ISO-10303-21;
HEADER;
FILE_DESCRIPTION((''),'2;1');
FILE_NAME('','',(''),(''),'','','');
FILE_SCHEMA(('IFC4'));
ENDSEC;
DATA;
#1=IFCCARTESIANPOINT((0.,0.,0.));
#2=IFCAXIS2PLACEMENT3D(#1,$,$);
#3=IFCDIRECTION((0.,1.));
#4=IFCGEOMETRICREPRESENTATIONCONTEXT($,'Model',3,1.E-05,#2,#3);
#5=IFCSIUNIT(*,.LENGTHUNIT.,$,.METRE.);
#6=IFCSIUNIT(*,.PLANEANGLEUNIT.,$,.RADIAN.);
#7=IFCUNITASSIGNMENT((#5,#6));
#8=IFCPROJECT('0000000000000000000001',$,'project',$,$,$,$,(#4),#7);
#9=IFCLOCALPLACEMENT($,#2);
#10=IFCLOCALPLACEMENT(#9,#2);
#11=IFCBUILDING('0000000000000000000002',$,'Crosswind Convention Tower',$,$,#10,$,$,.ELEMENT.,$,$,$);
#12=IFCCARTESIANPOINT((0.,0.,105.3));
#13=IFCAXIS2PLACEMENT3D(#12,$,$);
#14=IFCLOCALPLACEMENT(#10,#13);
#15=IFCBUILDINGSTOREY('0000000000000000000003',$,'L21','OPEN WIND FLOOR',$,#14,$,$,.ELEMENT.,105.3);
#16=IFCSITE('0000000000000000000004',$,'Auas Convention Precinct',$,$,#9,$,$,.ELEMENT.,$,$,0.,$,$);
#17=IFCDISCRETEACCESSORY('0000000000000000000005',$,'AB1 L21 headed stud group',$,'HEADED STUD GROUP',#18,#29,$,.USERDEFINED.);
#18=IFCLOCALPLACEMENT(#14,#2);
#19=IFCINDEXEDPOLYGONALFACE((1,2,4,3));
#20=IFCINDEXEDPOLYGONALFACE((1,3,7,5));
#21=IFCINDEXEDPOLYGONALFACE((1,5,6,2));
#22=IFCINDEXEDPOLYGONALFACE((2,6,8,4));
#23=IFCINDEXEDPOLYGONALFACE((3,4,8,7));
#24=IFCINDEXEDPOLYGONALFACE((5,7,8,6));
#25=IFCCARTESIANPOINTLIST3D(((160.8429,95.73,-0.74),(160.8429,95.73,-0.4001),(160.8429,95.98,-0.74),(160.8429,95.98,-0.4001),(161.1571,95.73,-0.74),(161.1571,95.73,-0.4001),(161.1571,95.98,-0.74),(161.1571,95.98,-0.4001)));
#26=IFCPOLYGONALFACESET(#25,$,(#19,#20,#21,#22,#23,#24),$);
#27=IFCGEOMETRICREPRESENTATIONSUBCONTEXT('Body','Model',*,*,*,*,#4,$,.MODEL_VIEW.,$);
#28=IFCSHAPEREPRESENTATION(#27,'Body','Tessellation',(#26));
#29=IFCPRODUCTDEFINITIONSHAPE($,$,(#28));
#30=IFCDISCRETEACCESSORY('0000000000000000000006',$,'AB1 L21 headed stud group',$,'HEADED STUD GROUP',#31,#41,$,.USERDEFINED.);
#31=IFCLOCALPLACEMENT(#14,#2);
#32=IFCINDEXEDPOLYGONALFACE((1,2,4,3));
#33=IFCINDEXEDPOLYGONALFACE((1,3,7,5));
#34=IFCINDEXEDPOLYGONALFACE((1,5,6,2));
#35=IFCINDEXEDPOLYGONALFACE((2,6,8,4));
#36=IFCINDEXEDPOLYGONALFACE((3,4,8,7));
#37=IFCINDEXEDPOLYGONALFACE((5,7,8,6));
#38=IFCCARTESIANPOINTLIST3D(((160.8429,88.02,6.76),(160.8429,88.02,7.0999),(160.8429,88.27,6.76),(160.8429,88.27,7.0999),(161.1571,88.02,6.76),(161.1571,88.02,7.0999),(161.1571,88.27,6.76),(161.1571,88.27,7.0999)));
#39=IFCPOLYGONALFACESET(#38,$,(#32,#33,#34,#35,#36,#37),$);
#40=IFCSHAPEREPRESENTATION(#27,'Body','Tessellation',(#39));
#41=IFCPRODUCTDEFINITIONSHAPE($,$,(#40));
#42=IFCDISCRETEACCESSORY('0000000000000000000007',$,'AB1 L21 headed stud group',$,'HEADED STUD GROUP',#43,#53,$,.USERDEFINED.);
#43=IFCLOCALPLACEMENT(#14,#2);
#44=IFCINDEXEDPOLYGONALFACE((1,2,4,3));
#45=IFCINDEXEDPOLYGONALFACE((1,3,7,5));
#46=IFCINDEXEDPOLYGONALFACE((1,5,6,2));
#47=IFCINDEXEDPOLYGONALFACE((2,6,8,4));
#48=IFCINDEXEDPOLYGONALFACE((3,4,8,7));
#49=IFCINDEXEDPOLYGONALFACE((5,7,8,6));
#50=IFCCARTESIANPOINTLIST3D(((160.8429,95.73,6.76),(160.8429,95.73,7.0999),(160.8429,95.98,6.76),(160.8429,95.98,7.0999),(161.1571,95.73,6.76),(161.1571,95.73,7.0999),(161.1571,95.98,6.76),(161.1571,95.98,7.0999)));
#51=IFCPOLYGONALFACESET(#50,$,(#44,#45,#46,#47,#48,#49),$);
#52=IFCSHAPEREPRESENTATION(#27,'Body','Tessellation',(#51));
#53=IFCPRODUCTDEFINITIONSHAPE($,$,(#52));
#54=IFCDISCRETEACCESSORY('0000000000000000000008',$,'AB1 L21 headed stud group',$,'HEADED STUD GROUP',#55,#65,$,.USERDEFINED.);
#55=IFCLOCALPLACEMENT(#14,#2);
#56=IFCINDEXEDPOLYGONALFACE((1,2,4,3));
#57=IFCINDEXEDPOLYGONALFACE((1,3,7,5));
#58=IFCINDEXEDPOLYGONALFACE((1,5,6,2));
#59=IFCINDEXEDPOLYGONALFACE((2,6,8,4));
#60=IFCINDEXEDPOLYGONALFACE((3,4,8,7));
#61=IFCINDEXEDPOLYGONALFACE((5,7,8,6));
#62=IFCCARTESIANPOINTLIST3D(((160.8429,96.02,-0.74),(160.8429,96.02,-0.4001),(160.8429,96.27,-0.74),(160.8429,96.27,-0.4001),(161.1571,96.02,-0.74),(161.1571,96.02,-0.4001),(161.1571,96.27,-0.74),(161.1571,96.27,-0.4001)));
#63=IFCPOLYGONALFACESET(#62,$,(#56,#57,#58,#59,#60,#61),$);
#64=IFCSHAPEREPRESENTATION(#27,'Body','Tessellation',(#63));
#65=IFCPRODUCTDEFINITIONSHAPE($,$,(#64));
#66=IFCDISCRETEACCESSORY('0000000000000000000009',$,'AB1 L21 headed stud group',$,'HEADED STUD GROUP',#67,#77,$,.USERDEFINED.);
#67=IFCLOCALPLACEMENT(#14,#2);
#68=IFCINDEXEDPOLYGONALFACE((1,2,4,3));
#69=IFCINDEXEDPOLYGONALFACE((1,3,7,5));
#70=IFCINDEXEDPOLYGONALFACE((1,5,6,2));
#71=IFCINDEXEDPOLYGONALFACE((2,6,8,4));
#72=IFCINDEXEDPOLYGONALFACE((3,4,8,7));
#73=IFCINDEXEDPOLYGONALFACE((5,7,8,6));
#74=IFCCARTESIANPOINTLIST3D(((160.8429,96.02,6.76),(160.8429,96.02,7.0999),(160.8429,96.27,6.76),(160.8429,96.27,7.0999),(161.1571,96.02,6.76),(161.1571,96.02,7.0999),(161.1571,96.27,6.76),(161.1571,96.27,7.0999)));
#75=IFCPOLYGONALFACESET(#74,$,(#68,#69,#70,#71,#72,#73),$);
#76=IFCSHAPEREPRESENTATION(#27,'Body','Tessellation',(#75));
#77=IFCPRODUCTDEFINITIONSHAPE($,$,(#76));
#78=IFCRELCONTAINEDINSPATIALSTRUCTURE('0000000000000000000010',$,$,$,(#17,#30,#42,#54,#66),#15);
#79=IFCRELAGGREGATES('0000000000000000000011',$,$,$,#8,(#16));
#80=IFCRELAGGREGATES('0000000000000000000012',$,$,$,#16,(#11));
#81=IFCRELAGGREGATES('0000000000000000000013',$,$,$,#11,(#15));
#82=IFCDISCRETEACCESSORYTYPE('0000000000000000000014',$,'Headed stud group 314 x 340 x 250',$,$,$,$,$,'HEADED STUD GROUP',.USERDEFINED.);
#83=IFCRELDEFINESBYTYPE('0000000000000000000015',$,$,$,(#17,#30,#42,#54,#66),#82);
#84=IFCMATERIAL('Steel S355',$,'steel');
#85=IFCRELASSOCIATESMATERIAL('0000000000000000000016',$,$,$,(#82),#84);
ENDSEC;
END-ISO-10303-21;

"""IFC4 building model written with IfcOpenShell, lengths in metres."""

from ifc_helpers import new_model, si_unit, direction, frame, origin, origin_2d, place, context, subcontext, project, spatial, rectangle, extrude, material, type_object, element, save


model = new_model("IFC4")

# Units and contexts
model_context = context("Model", 3, precision=1e-05, world=origin(), true_north=direction((0.0, 1.0)))
body_context = subcontext(model_context, "Body", "Model", "MODEL_VIEW")
ifc_project = project(units=[si_unit("LENGTHUNIT", "METRE"), si_unit("PLANEANGLEUNIT", "RADIAN")], contexts=[model_context])

# Site, building, storey
site_placement = place(None, origin())
site = spatial("IfcSite", under=ifc_project, at=site_placement, Name="Auas Convention Precinct", CompositionType="ELEMENT", RefElevation=0.0)
building_placement = place(site_placement, origin())
building = spatial("IfcBuilding", under=site, at=building_placement, Name="Crosswind Convention Tower", CompositionType="ELEMENT")
storey_placement = place(building_placement, frame((0.0, 0.0, 105.3)))
storey = spatial("IfcBuildingStorey", under=building, at=storey_placement, Name="L21", Description="OPEN WIND FLOOR", CompositionType="ELEMENT", Elevation=105.3)

# Shared definitions
ifc_material_1 = material(Name="Steel S355", Category="steel")

# Discrete accessories
discrete_accessory_type_1 = type_object("IfcDiscreteAccessoryType", Name="Headed stud group 314 x 340 x 250", ElementType="HEADED STUD GROUP", PredefinedType="USERDEFINED", material=ifc_material_1)
for number, where, z_axis, x_axis, name in (
    (1, (161.0, 95.855, -0.74), (0.0, 0.0, 1.0), (1.0, 0.0, 0.0), "AB1 L21 headed stud group"),
    (2, (161.0, 88.145, 6.76), (0.0, 0.0, 1.0), (1.0, 0.0, 0.0), "AB1 L21 headed stud group"),
    (3, (161.0, 95.855, 6.76), (0.0, 0.0, 1.0), (1.0, 0.0, 0.0), "AB1 L21 headed stud group"),
    (4, (161.0, 96.145, -0.74), (0.0, 0.0, 1.0), (1.0, 0.0, 0.0), "AB1 L21 headed stud group"),
    (5, (161.0, 96.145, 6.76), (0.0, 0.0, 1.0), (1.0, 0.0, 0.0), "AB1 L21 headed stud group"),
):
    element("IfcDiscreteAccessory", number, at=place(storey_placement, frame(where, z_axis=z_axis, x_axis=x_axis)), inside=storey, type_object=discrete_accessory_type_1, Name=name, ObjectType="HEADED STUD GROUP", PredefinedType="USERDEFINED", context=body_context, shape_type="SweptSolid", body=[
        extrude(rectangle(XDim=0.3142, YDim=0.25, at=origin_2d()), origin(), (0.0, 0.0, 1.0), 0.3398),
    ])

save(model, "model.ifc")
